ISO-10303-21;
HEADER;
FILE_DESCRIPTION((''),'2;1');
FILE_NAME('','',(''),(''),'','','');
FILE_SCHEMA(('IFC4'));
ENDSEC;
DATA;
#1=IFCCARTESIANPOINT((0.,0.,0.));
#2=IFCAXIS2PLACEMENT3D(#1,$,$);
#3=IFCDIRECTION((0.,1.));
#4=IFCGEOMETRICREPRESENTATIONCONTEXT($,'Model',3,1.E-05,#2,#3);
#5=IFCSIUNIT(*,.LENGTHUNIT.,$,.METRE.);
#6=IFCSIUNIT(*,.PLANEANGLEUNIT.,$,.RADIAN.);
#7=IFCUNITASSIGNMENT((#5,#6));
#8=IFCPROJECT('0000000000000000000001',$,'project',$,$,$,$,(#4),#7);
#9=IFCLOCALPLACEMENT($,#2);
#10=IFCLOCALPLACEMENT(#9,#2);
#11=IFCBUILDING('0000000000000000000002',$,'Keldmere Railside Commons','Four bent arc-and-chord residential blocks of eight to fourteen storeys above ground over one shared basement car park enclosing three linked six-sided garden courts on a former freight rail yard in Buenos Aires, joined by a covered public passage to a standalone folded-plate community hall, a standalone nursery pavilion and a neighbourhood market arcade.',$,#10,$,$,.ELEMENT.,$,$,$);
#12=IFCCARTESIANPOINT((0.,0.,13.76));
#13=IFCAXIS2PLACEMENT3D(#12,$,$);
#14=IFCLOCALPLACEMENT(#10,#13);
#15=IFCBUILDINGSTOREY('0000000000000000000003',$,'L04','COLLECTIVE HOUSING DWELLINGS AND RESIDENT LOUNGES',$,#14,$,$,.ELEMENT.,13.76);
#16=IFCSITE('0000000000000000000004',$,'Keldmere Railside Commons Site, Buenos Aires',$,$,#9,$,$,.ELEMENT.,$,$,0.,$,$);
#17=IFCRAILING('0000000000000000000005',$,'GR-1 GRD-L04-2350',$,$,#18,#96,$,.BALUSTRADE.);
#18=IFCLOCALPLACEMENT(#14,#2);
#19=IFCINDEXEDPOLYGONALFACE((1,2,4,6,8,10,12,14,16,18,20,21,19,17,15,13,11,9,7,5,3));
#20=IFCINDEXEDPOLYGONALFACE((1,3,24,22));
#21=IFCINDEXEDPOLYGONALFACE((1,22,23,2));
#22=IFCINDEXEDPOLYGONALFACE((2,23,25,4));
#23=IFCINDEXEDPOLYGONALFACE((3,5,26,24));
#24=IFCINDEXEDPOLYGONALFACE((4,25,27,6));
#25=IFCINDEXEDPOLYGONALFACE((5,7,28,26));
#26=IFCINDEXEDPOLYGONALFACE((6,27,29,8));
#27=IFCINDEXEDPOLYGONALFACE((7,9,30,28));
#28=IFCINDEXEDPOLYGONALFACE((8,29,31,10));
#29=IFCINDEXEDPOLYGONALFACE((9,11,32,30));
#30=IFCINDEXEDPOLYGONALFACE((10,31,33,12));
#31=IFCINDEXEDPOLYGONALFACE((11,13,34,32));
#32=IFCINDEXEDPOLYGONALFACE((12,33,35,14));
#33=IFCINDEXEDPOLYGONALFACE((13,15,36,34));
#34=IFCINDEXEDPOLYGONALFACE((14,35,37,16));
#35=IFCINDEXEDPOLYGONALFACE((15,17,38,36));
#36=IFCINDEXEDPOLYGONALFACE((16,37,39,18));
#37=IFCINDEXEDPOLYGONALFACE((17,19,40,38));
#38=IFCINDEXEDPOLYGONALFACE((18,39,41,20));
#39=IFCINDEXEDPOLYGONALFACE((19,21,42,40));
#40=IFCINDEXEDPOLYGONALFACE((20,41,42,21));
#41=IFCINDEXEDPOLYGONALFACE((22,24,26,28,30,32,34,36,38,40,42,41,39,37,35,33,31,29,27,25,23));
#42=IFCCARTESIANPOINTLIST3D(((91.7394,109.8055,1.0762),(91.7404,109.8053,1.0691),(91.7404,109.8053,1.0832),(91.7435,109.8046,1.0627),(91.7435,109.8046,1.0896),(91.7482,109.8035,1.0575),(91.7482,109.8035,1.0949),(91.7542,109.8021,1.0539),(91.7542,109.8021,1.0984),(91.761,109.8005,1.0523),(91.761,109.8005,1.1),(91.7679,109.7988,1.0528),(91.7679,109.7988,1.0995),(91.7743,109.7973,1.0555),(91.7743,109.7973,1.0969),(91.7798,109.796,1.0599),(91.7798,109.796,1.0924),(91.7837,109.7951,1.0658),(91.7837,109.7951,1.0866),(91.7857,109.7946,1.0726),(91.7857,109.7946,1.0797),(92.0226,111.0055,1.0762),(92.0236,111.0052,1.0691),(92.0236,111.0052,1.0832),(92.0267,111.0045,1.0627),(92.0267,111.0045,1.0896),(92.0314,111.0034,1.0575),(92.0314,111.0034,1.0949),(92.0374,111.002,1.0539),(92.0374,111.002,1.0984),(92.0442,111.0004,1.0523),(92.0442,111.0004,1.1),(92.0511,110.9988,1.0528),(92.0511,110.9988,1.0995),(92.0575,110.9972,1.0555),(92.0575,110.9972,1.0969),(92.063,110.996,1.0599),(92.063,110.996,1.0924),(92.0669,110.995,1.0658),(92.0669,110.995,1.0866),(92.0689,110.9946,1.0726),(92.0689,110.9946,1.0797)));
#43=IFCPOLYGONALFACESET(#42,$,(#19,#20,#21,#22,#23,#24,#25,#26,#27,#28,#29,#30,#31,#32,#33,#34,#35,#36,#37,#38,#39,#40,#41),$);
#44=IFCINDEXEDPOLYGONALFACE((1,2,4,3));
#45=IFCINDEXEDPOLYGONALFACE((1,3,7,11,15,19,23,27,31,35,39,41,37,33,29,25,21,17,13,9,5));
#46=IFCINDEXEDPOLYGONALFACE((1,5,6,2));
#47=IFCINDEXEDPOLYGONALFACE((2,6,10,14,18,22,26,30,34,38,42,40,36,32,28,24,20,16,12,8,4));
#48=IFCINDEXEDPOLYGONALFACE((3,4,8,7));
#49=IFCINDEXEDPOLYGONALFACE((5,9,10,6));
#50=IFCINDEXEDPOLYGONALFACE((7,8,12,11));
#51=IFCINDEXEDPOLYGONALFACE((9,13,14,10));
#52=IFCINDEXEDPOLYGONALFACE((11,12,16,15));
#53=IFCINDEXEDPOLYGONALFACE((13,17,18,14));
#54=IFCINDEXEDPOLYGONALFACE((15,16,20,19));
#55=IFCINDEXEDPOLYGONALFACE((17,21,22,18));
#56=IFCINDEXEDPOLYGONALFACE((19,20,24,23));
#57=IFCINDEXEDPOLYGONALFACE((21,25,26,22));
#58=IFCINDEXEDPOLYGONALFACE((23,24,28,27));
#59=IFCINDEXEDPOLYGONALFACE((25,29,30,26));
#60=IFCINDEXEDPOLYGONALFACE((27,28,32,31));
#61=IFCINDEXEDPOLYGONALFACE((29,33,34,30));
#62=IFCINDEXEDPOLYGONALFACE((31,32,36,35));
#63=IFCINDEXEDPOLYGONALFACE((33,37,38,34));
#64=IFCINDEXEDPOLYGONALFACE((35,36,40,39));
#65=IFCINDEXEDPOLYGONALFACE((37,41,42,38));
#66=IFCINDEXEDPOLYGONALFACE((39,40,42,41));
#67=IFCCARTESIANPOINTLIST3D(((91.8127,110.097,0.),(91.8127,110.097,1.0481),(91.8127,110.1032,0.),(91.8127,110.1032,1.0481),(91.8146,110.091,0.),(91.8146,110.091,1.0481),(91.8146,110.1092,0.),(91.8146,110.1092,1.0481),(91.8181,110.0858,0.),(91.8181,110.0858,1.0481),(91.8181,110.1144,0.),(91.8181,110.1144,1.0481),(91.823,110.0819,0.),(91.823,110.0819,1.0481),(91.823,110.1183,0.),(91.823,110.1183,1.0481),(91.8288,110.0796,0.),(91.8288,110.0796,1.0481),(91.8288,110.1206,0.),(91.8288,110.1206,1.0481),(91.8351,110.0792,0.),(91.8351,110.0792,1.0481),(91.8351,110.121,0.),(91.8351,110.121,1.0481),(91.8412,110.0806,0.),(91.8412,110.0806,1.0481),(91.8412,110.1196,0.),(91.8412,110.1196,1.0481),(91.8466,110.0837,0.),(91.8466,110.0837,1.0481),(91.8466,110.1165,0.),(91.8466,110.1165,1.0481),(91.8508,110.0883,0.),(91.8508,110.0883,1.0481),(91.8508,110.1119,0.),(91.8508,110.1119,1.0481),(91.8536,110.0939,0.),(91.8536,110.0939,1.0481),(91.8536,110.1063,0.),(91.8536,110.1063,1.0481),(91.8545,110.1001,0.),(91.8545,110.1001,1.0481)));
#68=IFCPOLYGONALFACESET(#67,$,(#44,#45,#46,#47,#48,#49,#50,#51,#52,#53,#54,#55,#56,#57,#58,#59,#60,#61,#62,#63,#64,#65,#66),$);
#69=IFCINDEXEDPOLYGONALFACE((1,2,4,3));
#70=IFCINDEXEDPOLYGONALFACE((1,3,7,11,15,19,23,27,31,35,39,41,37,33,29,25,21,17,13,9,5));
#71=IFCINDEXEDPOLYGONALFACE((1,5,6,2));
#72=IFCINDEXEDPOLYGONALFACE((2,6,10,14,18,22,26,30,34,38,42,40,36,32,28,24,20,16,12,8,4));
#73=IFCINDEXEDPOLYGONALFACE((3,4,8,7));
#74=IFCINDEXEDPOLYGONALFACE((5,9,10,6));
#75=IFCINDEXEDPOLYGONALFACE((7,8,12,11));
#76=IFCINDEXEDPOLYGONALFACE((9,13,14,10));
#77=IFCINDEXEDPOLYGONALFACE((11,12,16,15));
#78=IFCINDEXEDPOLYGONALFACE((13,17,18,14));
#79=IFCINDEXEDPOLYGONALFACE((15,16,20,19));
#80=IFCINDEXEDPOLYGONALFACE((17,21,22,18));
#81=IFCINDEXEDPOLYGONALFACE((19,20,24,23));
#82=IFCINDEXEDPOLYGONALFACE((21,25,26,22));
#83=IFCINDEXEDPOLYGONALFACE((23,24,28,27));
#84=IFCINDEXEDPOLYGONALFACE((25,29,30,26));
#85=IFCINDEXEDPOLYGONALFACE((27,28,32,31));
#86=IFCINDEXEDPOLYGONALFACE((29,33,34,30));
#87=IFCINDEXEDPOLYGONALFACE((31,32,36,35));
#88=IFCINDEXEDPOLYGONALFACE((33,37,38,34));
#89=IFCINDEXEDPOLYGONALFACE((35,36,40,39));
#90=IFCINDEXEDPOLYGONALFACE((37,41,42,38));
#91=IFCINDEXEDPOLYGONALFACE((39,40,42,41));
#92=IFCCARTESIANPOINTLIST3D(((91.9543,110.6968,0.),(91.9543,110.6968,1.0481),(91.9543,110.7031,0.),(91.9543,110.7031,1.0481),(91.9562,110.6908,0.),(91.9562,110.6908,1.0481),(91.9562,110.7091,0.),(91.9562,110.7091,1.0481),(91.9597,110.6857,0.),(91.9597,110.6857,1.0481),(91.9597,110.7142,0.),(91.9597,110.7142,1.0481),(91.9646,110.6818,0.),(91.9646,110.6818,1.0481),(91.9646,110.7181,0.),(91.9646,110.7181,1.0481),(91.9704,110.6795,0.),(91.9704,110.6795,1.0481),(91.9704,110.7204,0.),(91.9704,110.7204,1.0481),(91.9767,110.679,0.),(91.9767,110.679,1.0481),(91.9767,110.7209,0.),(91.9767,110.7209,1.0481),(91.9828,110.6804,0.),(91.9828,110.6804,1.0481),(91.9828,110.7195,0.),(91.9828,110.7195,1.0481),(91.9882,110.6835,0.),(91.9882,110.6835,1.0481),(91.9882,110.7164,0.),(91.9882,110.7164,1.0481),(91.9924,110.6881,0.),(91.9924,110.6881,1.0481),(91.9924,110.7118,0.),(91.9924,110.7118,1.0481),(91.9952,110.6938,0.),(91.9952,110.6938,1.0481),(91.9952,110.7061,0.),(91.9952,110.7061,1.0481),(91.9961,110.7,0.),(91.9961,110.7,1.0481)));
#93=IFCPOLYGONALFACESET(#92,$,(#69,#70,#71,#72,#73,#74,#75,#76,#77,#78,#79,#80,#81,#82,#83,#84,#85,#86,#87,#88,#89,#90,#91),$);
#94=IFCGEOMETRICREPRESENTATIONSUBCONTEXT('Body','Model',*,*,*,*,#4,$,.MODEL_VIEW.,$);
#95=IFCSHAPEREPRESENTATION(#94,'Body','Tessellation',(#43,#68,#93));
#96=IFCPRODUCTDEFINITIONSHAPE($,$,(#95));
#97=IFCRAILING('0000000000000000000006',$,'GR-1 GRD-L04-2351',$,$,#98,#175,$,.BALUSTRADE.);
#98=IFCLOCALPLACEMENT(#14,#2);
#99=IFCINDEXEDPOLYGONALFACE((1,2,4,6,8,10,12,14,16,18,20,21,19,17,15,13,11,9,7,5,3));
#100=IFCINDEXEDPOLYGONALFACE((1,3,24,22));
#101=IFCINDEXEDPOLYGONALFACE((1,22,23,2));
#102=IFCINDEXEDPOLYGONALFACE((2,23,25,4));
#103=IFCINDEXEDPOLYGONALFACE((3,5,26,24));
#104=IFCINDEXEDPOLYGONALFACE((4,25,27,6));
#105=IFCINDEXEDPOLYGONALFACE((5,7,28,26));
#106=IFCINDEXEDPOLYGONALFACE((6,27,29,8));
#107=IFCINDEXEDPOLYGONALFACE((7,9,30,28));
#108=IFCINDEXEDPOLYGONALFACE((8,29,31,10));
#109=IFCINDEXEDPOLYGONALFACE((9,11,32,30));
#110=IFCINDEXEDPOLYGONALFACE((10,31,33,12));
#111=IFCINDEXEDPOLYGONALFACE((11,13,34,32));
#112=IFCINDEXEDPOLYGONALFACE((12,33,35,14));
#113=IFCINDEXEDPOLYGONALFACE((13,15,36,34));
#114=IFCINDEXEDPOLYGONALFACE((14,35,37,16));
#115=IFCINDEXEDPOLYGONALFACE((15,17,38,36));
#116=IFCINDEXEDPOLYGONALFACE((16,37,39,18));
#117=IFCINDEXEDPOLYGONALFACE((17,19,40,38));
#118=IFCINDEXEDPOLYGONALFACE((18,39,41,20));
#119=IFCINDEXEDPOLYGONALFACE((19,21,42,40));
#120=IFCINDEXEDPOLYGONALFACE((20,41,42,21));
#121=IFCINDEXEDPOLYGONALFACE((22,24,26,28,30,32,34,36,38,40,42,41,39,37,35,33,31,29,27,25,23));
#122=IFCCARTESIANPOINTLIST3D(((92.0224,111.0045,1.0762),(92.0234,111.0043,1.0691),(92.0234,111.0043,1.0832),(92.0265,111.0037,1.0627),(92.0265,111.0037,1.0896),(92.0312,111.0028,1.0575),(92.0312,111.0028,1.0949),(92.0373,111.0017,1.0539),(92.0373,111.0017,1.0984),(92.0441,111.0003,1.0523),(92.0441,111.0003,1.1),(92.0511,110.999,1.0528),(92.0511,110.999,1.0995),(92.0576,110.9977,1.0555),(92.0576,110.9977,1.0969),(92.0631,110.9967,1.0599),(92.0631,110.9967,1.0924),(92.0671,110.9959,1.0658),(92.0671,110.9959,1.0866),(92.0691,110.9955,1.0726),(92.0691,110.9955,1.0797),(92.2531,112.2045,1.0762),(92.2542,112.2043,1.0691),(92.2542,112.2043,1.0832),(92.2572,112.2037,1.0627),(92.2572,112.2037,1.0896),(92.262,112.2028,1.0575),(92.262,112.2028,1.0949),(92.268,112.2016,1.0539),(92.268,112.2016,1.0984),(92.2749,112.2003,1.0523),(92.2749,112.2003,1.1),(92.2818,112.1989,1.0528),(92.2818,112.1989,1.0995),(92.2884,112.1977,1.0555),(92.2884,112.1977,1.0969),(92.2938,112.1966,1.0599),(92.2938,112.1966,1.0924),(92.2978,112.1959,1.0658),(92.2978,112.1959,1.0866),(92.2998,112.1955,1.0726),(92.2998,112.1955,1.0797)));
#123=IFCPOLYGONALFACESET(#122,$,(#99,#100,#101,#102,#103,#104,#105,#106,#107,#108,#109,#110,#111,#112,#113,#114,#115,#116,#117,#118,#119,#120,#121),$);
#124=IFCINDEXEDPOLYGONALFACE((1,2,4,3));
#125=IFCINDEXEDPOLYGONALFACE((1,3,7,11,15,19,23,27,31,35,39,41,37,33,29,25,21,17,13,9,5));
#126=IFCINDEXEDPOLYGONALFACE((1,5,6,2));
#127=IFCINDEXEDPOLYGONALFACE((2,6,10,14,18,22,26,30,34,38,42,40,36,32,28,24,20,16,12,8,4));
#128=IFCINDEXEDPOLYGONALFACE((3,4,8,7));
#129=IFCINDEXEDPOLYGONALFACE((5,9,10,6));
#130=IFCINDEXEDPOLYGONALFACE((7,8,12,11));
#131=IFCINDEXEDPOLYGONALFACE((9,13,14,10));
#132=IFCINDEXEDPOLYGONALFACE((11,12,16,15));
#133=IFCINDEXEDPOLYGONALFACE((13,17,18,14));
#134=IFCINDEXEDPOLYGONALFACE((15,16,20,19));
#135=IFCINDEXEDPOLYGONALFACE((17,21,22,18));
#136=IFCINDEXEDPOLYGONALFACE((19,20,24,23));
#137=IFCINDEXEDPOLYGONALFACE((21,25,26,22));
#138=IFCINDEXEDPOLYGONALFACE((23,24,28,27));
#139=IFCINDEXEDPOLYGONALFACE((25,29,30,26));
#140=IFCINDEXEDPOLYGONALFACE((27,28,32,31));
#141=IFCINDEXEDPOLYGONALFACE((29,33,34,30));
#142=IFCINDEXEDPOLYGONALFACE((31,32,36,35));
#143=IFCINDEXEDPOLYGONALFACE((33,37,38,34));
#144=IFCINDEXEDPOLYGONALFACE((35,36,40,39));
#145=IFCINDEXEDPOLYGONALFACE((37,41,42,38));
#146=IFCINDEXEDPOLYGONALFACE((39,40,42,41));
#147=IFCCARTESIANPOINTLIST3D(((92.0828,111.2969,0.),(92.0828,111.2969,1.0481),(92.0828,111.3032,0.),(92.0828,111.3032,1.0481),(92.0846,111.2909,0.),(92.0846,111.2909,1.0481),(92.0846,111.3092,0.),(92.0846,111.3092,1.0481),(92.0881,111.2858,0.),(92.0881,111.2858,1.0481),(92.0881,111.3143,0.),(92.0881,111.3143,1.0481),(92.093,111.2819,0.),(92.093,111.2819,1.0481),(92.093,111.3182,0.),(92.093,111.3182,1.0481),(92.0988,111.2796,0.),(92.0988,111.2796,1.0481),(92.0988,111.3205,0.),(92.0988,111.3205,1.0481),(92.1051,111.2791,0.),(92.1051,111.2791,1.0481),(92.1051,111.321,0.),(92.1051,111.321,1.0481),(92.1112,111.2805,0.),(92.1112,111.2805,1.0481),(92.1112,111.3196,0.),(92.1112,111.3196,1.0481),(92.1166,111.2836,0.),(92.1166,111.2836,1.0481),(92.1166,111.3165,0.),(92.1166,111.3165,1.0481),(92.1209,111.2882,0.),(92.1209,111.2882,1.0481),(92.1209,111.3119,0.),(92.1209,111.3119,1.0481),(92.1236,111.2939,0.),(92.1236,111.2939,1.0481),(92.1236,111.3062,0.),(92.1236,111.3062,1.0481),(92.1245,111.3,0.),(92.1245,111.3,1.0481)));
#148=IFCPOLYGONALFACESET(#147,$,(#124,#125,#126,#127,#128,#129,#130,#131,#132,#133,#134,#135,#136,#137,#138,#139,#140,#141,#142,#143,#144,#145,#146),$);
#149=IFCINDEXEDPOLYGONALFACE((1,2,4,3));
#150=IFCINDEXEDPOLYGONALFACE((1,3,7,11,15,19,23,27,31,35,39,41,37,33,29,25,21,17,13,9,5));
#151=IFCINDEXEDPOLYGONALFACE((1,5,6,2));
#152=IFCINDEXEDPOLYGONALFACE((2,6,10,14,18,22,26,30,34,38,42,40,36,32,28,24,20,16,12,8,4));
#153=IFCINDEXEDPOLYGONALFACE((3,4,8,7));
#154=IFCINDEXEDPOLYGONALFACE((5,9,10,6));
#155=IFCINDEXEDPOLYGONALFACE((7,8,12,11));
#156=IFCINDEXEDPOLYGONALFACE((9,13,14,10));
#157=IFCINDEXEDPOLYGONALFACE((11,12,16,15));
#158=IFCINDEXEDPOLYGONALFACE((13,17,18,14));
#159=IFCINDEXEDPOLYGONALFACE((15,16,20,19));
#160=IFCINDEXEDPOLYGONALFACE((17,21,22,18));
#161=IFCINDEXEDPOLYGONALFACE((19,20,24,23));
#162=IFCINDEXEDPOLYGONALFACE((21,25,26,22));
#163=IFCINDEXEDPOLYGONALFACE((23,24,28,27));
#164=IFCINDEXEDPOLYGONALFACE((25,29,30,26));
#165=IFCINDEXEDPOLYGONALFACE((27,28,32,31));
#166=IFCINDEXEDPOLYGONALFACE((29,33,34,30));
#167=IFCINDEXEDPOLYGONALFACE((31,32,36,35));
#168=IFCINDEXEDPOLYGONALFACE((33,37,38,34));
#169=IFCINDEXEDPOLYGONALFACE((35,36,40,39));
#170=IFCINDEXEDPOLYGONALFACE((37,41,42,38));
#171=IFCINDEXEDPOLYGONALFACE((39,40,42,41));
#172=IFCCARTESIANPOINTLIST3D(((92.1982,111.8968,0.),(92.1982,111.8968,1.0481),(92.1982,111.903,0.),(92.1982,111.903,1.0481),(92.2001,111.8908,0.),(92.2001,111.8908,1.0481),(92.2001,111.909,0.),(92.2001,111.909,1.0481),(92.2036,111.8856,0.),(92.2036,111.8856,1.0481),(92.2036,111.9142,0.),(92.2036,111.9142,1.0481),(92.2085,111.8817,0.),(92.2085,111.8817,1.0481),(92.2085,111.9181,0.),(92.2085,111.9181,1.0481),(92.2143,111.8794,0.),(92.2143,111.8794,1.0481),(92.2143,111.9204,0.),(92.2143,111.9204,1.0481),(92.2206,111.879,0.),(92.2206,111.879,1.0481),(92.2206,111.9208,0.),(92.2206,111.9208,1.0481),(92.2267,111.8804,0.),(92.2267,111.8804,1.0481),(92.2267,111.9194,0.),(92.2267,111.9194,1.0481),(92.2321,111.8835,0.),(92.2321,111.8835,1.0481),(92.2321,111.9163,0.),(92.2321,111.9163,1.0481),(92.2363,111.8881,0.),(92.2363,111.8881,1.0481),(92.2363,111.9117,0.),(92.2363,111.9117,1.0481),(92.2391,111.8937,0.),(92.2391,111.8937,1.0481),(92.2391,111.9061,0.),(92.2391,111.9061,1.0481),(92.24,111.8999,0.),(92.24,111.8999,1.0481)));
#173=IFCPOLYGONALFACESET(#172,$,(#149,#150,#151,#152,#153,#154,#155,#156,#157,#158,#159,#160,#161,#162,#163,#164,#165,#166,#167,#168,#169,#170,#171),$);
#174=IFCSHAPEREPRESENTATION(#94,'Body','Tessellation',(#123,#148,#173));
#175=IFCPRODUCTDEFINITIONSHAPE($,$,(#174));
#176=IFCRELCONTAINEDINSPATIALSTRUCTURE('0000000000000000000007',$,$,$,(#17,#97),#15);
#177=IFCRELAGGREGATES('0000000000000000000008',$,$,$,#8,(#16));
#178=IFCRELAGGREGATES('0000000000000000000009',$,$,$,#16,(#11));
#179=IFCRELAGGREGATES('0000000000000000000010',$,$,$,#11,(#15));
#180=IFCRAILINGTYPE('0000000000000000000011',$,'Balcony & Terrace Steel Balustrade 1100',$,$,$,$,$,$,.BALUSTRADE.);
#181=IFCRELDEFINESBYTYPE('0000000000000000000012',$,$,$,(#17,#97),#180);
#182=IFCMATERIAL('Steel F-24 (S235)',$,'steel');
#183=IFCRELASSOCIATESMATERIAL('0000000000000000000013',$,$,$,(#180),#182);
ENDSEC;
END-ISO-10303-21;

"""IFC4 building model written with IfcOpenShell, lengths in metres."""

from ifc_helpers import new_model, si_unit, direction, frame, origin, origin_2d, place, context, subcontext, project, spatial, circle, extrude, material, type_object, element, save


model = new_model("IFC4")

# Units and contexts
model_context = context("Model", 3, precision=1e-05, world=origin(), true_north=direction((0.0, 1.0)))
body_context = subcontext(model_context, "Body", "Model", "MODEL_VIEW")
ifc_project = project(units=[si_unit("LENGTHUNIT", "METRE"), si_unit("PLANEANGLEUNIT", "RADIAN")], contexts=[model_context])

# Site, building, storey
site_placement = place(None, origin())
site = spatial("IfcSite", under=ifc_project, at=site_placement, Name="Keldmere Railside Commons Site, Buenos Aires", CompositionType="ELEMENT", RefElevation=0.0)
building_placement = place(site_placement, origin())
building = spatial("IfcBuilding", under=site, at=building_placement, Name="Keldmere Railside Commons", Description="Four bent arc-and-chord residential blocks of eight to fourteen storeys above ground over one shared basement car park enclosing three linked six-sided garden courts on a former freight rail yard in Buenos Aires, joined by a covered public passage to a standalone folded-plate community hall, a standalone nursery pavilion and a neighbourhood market arcade.", CompositionType="ELEMENT")
storey_placement = place(building_placement, frame((0.0, 0.0, 13.76)))
storey = spatial("IfcBuildingStorey", under=building, at=storey_placement, Name="L04", Description="COLLECTIVE HOUSING DWELLINGS AND RESIDENT LOUNGES", CompositionType="ELEMENT", Elevation=13.76)

# Railings
ifc_material = material(Name="Steel F-24 (S235)", Category="steel")
railing_type = type_object("IfcRailingType", Name="Balcony & Terrace Steel Balustrade 1100", PredefinedType="BALUSTRADE", material=ifc_material)
railing_1_placement = place(storey_placement, frame((91.7627, 109.8, 0.0)))
element("IfcRailing", 1, at=railing_1_placement, inside=storey, type_object=railing_type, Name="GR-1 GRD-L04-2350", PredefinedType="BALUSTRADE", context=body_context, shape_type="SweptSolid", body=[
    extrude(circle(Radius=0.0239, at=origin_2d()), frame((0.0, 0.0, 1.0762), z_axis=(0.229702, 0.973261, 0.0), x_axis=(-0.973261, 0.229702, 0.0)), (0.0, 0.0, 1.0), 1.2329),
    extrude(circle(Radius=0.021, at=origin_2d()), frame((0.0708, 0.3, 0.0)), (0.0, 0.0, 1.0), 1.0481),
    extrude(circle(Radius=0.021, at=origin_2d()), frame((0.2124, 0.8999, 0.0)), (0.0, 0.0, 1.0), 1.0481),
])
railing_2_placement = place(storey_placement, frame((92.0459, 111.0, 0.0)))
element("IfcRailing", 2, at=railing_2_placement, inside=storey, type_object=railing_type, Name="GR-1 GRD-L04-2351", PredefinedType="BALUSTRADE", context=body_context, shape_type="SweptSolid", body=[
    extrude(circle(Radius=0.0239, at=origin_2d()), frame((0.0, 0.0, 1.0762), z_axis=(0.18881, 0.982014, 0.0), x_axis=(-0.982014, 0.18881, 0.0)), (0.0, 0.0, 1.0), 1.2219),
    extrude(circle(Radius=0.021, at=origin_2d()), frame((0.0576, 0.3, 0.0)), (0.0, 0.0, 1.0), 1.0481),
    extrude(circle(Radius=0.021, at=origin_2d()), frame((0.1731, 0.8999, 0.0)), (0.0, 0.0, 1.0), 1.0481),
])

save(model, "model.ifc")
